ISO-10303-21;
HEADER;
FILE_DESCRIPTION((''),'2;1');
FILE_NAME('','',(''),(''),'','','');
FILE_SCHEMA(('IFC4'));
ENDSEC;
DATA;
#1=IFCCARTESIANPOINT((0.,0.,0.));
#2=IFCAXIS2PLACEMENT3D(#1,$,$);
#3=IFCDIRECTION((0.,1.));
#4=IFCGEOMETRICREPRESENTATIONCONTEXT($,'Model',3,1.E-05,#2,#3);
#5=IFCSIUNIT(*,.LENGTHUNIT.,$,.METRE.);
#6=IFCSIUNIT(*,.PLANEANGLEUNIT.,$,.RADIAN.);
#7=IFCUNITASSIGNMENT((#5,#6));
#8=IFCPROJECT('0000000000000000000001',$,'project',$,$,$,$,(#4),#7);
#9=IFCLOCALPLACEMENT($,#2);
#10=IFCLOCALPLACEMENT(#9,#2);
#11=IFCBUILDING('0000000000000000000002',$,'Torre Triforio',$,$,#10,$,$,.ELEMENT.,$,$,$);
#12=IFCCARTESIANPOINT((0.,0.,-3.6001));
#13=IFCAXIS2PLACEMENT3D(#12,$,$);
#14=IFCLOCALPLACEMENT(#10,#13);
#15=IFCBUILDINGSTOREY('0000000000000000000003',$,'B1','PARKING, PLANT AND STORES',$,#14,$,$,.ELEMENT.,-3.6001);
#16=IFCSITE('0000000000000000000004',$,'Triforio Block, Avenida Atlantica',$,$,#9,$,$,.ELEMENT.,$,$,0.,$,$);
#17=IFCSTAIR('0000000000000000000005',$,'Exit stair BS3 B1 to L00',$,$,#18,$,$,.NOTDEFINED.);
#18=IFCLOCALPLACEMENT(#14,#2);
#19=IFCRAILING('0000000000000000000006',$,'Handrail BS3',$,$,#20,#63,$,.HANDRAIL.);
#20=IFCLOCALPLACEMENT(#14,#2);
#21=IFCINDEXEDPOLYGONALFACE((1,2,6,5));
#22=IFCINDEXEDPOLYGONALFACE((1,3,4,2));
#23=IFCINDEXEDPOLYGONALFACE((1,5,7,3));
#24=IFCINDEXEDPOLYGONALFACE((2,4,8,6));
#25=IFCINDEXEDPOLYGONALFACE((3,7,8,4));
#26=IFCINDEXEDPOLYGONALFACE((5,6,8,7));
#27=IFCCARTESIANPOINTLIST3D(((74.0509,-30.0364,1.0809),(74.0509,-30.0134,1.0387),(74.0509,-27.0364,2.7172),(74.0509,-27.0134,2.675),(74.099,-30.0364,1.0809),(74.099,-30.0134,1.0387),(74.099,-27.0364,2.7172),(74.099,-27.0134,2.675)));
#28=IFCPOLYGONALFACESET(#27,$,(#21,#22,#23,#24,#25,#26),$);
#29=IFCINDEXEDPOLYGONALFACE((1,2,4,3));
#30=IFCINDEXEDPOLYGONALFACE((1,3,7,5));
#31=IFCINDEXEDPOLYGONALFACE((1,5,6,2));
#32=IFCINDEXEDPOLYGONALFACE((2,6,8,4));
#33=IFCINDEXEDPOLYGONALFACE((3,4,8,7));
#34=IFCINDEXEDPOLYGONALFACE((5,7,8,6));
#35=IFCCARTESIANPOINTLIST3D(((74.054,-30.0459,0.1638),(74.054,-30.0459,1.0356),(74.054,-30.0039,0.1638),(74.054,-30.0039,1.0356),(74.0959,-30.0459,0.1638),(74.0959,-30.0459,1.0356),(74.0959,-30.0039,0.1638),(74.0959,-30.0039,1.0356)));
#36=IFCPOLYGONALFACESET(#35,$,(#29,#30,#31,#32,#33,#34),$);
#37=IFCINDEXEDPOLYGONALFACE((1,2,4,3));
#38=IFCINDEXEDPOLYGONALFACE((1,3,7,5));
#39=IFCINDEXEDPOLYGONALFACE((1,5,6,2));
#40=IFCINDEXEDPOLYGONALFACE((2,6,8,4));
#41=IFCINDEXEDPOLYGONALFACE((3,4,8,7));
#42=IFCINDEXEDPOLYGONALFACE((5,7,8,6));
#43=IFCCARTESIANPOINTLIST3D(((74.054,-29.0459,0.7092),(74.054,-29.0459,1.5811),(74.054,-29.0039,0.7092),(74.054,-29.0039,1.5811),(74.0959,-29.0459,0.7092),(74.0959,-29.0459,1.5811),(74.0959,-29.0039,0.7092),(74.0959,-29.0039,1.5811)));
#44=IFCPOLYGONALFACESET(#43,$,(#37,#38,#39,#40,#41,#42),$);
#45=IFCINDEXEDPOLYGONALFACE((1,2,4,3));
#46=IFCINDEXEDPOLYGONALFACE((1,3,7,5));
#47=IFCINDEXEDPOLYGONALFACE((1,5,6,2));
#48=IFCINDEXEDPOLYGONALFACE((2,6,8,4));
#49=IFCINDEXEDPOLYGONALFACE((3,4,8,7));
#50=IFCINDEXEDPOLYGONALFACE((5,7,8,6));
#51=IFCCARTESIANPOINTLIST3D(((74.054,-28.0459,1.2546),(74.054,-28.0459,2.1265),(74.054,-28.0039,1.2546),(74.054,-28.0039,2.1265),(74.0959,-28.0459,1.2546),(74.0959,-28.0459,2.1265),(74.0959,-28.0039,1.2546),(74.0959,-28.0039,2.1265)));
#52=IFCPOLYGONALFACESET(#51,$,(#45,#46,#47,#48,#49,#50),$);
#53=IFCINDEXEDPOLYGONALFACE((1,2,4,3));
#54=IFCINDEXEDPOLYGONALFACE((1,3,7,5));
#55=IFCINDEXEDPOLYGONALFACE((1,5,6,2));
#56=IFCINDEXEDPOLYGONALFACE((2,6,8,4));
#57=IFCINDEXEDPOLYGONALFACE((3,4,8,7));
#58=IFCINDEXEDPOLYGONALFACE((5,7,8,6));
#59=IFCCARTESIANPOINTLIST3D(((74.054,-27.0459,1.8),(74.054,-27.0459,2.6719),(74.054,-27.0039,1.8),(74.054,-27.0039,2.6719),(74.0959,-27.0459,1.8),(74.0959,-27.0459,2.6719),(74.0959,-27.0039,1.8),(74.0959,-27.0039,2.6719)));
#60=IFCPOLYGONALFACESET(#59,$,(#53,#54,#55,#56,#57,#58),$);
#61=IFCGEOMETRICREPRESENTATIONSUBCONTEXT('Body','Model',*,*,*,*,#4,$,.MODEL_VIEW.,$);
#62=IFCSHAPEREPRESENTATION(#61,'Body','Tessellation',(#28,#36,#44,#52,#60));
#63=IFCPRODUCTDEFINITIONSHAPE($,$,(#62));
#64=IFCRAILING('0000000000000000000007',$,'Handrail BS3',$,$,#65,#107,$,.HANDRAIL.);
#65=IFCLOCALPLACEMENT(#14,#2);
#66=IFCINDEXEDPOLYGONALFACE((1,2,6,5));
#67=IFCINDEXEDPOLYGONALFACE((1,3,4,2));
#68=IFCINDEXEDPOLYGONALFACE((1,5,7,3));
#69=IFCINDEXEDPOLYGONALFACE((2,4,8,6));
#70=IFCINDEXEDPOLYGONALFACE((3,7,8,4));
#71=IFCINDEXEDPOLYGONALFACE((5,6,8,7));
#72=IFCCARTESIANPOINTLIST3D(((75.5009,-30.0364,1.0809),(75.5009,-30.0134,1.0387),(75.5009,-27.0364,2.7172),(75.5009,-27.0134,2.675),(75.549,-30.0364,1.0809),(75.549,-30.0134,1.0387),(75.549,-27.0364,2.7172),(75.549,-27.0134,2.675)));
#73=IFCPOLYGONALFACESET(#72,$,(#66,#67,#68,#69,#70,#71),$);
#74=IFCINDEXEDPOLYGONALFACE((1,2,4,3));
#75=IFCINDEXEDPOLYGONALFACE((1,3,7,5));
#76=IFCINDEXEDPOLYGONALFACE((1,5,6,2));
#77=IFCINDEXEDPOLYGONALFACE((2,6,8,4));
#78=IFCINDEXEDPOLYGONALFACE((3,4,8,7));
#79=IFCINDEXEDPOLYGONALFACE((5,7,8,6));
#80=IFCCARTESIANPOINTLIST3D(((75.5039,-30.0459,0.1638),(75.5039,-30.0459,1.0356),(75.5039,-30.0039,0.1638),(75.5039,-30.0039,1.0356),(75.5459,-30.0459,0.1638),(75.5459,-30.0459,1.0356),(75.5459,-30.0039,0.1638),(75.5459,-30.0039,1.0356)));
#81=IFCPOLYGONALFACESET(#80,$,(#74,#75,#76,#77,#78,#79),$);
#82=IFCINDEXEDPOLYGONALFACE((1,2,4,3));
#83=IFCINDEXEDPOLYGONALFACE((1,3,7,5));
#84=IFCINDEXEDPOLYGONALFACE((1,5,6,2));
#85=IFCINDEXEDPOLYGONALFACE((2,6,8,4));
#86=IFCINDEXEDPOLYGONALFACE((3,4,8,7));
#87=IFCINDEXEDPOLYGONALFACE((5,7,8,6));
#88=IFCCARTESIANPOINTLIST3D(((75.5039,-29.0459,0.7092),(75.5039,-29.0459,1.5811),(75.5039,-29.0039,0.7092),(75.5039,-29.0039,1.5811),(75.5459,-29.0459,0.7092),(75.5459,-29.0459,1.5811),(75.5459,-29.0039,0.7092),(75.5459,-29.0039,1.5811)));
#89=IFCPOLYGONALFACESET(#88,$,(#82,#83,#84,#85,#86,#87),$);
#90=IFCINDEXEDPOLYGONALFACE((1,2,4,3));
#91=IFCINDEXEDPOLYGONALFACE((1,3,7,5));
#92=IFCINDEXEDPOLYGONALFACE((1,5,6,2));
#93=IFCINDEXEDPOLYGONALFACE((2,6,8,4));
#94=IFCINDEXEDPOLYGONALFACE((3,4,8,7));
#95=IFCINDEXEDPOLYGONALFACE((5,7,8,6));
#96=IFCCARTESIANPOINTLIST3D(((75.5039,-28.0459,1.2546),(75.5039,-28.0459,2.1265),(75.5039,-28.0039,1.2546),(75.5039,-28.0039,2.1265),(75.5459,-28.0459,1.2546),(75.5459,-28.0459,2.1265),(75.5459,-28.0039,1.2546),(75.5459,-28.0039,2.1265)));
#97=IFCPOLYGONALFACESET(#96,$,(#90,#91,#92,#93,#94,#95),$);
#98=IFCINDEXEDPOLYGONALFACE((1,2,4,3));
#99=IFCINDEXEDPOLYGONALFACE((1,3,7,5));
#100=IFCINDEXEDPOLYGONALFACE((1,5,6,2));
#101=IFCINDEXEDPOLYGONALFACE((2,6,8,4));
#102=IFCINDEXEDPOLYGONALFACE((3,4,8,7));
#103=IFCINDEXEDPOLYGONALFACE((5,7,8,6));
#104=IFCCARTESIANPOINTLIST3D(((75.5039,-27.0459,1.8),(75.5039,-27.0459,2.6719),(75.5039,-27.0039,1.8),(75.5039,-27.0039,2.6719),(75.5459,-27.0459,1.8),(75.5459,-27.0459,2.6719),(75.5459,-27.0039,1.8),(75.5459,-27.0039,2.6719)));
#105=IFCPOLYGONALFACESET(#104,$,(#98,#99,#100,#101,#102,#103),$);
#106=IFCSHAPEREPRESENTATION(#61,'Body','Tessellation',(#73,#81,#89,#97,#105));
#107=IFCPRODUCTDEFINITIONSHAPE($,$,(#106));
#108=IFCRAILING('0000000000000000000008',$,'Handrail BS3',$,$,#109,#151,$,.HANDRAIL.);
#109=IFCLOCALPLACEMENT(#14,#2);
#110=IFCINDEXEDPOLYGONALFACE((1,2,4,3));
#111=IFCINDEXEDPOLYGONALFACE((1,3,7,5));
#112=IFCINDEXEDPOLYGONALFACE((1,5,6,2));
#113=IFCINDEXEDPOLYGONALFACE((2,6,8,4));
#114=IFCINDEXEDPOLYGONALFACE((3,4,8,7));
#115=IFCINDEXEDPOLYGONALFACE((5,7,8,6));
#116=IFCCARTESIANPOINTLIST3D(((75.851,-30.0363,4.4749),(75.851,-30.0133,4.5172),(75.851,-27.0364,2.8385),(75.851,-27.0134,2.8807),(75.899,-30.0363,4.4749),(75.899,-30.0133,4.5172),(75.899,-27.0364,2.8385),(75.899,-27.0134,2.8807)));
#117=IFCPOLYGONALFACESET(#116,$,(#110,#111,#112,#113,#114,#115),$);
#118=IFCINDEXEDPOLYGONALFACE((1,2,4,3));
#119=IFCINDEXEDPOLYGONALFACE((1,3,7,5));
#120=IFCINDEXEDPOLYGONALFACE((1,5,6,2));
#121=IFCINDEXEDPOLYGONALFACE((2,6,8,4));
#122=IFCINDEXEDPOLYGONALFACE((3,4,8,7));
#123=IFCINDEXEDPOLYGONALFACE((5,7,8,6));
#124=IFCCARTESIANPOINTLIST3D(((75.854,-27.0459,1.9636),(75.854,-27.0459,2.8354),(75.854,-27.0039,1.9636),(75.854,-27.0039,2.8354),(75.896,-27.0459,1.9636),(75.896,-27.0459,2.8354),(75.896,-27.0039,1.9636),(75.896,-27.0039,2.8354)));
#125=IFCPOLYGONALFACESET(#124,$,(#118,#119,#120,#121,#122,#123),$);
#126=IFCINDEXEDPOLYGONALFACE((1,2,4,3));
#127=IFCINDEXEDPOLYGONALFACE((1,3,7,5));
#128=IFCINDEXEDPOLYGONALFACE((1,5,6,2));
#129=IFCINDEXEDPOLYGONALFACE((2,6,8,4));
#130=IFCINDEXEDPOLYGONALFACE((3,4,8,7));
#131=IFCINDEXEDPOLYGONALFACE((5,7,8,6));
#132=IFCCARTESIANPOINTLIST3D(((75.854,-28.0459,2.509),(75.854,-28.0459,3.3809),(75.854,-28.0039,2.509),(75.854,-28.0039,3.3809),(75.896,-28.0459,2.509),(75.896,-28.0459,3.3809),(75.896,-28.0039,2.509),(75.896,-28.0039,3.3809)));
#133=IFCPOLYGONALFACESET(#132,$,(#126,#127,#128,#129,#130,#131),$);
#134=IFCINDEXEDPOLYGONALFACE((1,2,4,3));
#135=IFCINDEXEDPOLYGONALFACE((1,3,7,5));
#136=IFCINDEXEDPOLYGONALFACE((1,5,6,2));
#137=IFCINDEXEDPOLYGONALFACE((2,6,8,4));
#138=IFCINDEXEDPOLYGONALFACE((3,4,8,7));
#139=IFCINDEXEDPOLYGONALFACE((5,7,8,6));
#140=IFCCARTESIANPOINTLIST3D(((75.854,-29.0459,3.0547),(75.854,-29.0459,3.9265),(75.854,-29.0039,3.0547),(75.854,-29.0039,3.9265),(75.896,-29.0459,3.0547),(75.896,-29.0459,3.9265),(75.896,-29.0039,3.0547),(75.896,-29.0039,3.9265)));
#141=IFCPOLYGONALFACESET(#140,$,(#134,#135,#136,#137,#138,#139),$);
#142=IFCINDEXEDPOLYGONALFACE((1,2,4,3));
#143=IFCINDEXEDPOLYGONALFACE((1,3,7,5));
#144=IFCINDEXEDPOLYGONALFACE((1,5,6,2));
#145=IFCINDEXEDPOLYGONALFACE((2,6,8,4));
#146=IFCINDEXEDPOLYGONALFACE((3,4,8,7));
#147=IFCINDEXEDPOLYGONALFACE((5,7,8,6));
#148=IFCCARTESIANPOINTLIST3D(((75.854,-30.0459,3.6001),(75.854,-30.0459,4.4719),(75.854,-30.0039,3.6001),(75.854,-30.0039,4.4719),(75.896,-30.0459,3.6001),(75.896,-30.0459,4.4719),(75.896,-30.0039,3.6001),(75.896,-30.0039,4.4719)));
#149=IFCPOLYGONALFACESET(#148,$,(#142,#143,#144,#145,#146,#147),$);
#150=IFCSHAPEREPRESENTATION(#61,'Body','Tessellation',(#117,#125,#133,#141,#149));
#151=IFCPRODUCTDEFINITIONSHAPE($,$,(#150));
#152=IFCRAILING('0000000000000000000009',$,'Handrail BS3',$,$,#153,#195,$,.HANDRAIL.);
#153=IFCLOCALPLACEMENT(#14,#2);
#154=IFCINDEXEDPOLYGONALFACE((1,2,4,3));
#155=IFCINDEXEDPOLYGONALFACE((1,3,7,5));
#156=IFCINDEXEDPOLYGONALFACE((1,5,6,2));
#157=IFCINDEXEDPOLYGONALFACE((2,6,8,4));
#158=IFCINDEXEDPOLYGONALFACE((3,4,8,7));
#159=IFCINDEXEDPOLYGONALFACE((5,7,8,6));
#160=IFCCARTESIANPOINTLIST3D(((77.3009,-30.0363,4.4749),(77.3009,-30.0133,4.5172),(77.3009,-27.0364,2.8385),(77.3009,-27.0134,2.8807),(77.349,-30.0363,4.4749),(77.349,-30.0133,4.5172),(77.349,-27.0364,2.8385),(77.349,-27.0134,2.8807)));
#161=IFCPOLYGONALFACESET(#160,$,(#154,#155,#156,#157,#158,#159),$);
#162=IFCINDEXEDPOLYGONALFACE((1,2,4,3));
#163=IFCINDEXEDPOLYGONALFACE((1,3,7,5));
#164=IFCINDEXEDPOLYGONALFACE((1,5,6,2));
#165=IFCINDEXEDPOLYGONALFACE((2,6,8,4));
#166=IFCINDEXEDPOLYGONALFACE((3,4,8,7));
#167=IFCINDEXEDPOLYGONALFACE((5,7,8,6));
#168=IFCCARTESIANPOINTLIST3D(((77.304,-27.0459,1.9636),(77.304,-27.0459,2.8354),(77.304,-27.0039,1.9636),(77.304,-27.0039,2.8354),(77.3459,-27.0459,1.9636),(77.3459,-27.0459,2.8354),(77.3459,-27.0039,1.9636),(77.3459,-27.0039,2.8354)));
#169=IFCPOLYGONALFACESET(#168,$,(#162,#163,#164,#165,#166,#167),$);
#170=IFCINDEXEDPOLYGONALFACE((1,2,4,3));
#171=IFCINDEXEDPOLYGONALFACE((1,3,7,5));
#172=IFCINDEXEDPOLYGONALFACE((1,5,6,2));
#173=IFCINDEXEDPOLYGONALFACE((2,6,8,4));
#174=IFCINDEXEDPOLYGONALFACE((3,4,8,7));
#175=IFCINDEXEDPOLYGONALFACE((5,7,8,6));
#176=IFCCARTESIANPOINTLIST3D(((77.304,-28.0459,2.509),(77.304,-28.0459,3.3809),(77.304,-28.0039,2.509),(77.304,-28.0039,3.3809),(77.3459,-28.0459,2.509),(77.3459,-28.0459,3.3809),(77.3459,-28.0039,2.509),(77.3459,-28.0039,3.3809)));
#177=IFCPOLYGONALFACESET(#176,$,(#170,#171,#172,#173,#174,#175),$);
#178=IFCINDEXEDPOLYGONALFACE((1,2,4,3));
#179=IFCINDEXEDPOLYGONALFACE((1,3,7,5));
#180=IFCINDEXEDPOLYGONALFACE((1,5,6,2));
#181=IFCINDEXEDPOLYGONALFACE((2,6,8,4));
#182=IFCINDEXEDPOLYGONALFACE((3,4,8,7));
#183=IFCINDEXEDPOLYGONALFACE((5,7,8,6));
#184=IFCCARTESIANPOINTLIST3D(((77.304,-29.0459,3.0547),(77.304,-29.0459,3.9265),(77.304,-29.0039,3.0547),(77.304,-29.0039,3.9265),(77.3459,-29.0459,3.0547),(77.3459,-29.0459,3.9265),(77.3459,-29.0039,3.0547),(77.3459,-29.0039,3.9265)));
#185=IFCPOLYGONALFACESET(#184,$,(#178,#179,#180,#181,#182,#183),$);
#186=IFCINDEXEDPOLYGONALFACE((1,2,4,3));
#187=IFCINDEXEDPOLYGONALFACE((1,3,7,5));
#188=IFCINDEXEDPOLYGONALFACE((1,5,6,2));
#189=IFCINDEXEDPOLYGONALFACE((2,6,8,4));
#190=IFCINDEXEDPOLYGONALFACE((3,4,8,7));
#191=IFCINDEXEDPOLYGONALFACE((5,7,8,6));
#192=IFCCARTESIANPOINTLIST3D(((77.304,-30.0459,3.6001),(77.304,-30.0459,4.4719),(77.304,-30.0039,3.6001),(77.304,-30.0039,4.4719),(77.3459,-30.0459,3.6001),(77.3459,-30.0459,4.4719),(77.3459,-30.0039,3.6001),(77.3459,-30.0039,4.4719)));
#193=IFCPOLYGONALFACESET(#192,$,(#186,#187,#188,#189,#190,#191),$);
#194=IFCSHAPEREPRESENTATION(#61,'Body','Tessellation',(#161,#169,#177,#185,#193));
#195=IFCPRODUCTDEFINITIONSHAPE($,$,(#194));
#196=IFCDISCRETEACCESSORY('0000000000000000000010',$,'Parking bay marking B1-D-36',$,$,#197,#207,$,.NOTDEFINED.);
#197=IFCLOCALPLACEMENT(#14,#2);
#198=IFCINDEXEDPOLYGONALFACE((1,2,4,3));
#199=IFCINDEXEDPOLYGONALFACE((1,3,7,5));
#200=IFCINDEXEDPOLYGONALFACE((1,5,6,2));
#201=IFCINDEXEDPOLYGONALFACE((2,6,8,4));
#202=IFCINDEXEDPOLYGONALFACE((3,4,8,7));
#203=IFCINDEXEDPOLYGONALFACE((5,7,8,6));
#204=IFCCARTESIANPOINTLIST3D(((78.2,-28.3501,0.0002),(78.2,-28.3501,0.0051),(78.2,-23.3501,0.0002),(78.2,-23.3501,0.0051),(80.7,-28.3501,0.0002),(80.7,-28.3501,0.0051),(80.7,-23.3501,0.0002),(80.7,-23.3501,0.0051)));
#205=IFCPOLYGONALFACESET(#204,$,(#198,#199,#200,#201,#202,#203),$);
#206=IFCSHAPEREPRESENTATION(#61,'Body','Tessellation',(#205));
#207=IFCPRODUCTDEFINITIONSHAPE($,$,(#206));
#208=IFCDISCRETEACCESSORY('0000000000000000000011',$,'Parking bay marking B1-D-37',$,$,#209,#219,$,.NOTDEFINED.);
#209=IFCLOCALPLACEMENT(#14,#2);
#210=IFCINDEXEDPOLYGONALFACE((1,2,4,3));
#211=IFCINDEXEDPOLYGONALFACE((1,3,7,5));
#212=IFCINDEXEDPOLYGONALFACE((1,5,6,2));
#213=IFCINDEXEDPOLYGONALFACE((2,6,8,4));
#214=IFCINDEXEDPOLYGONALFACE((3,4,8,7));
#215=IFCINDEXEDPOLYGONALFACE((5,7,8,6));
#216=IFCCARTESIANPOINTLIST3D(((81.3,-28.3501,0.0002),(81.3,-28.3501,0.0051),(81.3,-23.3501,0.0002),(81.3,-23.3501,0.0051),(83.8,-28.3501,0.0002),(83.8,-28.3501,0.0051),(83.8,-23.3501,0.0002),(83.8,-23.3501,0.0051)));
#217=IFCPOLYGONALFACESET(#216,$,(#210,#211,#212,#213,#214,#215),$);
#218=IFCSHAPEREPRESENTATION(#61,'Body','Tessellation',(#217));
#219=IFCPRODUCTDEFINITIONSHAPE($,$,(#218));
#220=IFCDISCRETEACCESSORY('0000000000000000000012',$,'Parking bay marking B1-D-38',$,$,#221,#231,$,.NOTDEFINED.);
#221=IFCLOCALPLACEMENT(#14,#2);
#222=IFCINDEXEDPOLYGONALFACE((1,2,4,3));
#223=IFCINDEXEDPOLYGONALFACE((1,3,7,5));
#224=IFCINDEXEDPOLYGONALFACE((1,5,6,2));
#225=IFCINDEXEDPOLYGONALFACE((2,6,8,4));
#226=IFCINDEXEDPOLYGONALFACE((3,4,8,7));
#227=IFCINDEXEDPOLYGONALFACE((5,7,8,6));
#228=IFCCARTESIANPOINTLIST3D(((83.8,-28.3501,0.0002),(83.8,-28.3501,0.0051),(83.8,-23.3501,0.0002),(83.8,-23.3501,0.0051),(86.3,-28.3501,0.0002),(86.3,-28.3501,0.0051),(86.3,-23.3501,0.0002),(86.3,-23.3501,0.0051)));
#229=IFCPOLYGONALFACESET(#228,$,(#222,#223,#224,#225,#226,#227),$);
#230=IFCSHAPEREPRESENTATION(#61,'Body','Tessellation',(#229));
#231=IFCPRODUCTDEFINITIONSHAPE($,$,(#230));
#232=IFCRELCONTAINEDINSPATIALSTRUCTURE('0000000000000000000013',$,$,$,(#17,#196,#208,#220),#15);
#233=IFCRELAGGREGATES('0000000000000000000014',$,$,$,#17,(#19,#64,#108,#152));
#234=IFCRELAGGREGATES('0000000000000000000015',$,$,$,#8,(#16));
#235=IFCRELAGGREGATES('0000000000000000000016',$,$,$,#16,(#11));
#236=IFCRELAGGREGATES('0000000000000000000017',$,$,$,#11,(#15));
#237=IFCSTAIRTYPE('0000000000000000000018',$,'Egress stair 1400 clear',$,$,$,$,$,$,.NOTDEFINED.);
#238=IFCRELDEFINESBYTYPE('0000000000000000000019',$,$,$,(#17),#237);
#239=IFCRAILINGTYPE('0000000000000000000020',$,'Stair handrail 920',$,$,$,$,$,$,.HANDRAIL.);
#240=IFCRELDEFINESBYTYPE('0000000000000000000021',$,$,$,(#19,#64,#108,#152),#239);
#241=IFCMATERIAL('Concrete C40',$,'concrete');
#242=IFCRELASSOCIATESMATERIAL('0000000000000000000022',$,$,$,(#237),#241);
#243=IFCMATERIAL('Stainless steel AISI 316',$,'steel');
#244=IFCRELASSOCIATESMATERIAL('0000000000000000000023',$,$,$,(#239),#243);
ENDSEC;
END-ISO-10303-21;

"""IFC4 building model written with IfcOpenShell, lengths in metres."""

from ifc_helpers import new_model, si_unit, direction, frame, origin, origin_2d, place, context, subcontext, project, spatial, rectangle, extrude, material, type_object, element, aggregate, save


model = new_model("IFC4")

# Units and contexts
model_context = context("Model", 3, precision=1e-05, world=origin(), true_north=direction((0.0, 1.0)))
body_context = subcontext(model_context, "Body", "Model", "MODEL_VIEW")
ifc_project = project(units=[si_unit("LENGTHUNIT", "METRE"), si_unit("PLANEANGLEUNIT", "RADIAN")], contexts=[model_context])

# Site, building, storey
site_placement = place(None, origin())
site = spatial("IfcSite", under=ifc_project, at=site_placement, Name="Triforio Block, Avenida Atlantica", CompositionType="ELEMENT", RefElevation=0.0)
building_placement = place(site_placement, origin())
building = spatial("IfcBuilding", under=site, at=building_placement, Name="Torre Triforio", CompositionType="ELEMENT")
storey_placement = place(building_placement, frame((0.0, 0.0, -3.6001)))
storey = spatial("IfcBuildingStorey", under=building, at=storey_placement, Name="B1", Description="PARKING, PLANT AND STORES", CompositionType="ELEMENT", Elevation=-3.6001)

# Stair, railings
ifc_material_1 = material(Name="Concrete C40", Category="concrete")
stair_type = type_object("IfcStairType", Name="Egress stair 1400 clear", PredefinedType="NOTDEFINED", material=ifc_material_1)
stair_placement = place(storey_placement, origin())
stair = element("IfcStair", 1, at=stair_placement, inside=storey, type_object=stair_type, Name="Exit stair BS3 B1 to L00", PredefinedType="NOTDEFINED")
ifc_material_2 = material(Name="Stainless steel AISI 316", Category="steel")
railing_type = type_object("IfcRailingType", Name="Stair handrail 920", PredefinedType="HANDRAIL", material=ifc_material_2)
railing_1_placement = place(storey_placement, frame((74.075, -30.0249, 0.1638)))
railing_1 = element("IfcRailing", 2, at=railing_1_placement, type_object=railing_type, Name="Handrail BS3", PredefinedType="HANDRAIL", context=body_context, shape_type="SweptSolid", body=[
    extrude(rectangle(XDim=0.0481, YDim=0.0481, at=origin_2d()), frame((0.0, 0.0, 0.896), z_axis=(0.0, 0.877912, 0.478822), x_axis=(-1.0, 0.0, 0.0)), (0.0, 0.0, 1.0), 3.4172),
    extrude(rectangle(XDim=0.042, YDim=0.042, at=origin_2d()), origin(), (0.0, 0.0, 1.0), 0.8718),
    extrude(rectangle(XDim=0.042, YDim=0.042, at=origin_2d()), frame((0.0, 1.0, 0.5454)), (0.0, 0.0, 1.0), 0.8718),
    extrude(rectangle(XDim=0.042, YDim=0.042, at=origin_2d()), frame((0.0, 2.0, 1.0908)), (0.0, 0.0, 1.0), 0.8718),
    extrude(rectangle(XDim=0.042, YDim=0.042, at=origin_2d()), frame((0.0, 3.0, 1.6362)), (0.0, 0.0, 1.0), 0.8718),
])
railing_2_placement = place(storey_placement, frame((75.5249, -30.0249, 0.1638)))
railing_2 = element("IfcRailing", 3, at=railing_2_placement, type_object=railing_type, Name="Handrail BS3", PredefinedType="HANDRAIL", context=body_context, shape_type="SweptSolid", body=[
    extrude(rectangle(XDim=0.0481, YDim=0.0481, at=origin_2d()), frame((0.0, 0.0, 0.896), z_axis=(0.0, 0.877912, 0.478822), x_axis=(-1.0, 0.0, 0.0)), (0.0, 0.0, 1.0), 3.4172),
    extrude(rectangle(XDim=0.042, YDim=0.042, at=origin_2d()), origin(), (0.0, 0.0, 1.0), 0.8718),
    extrude(rectangle(XDim=0.042, YDim=0.042, at=origin_2d()), frame((0.0, 1.0, 0.5454)), (0.0, 0.0, 1.0), 0.8718),
    extrude(rectangle(XDim=0.042, YDim=0.042, at=origin_2d()), frame((0.0, 2.0, 1.0908)), (0.0, 0.0, 1.0), 0.8718),
    extrude(rectangle(XDim=0.042, YDim=0.042, at=origin_2d()), frame((0.0, 3.0, 1.6362)), (0.0, 0.0, 1.0), 0.8718),
])
railing_3_placement = place(storey_placement, frame((75.875, -27.0249, 1.9636)))
railing_3 = element("IfcRailing", 4, at=railing_3_placement, type_object=railing_type, Name="Handrail BS3", PredefinedType="HANDRAIL", context=body_context, shape_type="SweptSolid", body=[
    extrude(rectangle(XDim=0.0481, YDim=0.0481, at=origin_2d()), frame((0.0, 0.0, 0.896), z_axis=(0.0, -0.877882, 0.478877), x_axis=(1.0, 0.0, 0.0)), (0.0, 0.0, 1.0), 3.4172),
    extrude(rectangle(XDim=0.042, YDim=0.042, at=origin_2d()), origin(), (0.0, 0.0, 1.0), 0.8718),
    extrude(rectangle(XDim=0.042, YDim=0.042, at=origin_2d()), frame((0.0, -1.0, 0.5454)), (0.0, 0.0, 1.0), 0.8718),
    extrude(rectangle(XDim=0.042, YDim=0.042, at=origin_2d()), frame((0.0, -2.0, 1.0911)), (0.0, 0.0, 1.0), 0.8718),
    extrude(rectangle(XDim=0.042, YDim=0.042, at=origin_2d()), frame((0.0, -3.0, 1.6365)), (0.0, 0.0, 1.0), 0.8718),
])
railing_4_placement = place(storey_placement, frame((77.325, -27.0249, 1.9636)))
railing_4 = element("IfcRailing", 5, at=railing_4_placement, type_object=railing_type, Name="Handrail BS3", PredefinedType="HANDRAIL", context=body_context, shape_type="SweptSolid", body=[
    extrude(rectangle(XDim=0.0481, YDim=0.0481, at=origin_2d()), frame((0.0, 0.0, 0.896), z_axis=(0.0, -0.877882, 0.478877), x_axis=(1.0, 0.0, 0.0)), (0.0, 0.0, 1.0), 3.4172),
    extrude(rectangle(XDim=0.042, YDim=0.042, at=origin_2d()), origin(), (0.0, 0.0, 1.0), 0.8718),
    extrude(rectangle(XDim=0.042, YDim=0.042, at=origin_2d()), frame((0.0, -1.0, 0.5454)), (0.0, 0.0, 1.0), 0.8718),
    extrude(rectangle(XDim=0.042, YDim=0.042, at=origin_2d()), frame((0.0, -2.0, 1.0911)), (0.0, 0.0, 1.0), 0.8718),
    extrude(rectangle(XDim=0.042, YDim=0.042, at=origin_2d()), frame((0.0, -3.0, 1.6365)), (0.0, 0.0, 1.0), 0.8718),
])
aggregate(stair, [railing_1, railing_2, railing_3, railing_4])

# Discrete accessories
for number, where, z_axis, x_axis, name in (
    (6, (79.45, -25.8501, 0.0002), (0.0, 0.0, 1.0), (1.0, 0.0, 0.0), "Parking bay marking B1-D-36"),
    (7, (82.55, -25.8501, 0.0002), (0.0, 0.0, 1.0), (1.0, 0.0, 0.0), "Parking bay marking B1-D-37"),
    (8, (85.05, -25.8501, 0.0002), (0.0, 0.0, 1.0), (1.0, 0.0, 0.0), "Parking bay marking B1-D-38"),
):
    element("IfcDiscreteAccessory", number, at=place(storey_placement, frame(where, z_axis=z_axis, x_axis=x_axis)), inside=storey, Name=name, PredefinedType="NOTDEFINED", context=body_context, shape_type="SweptSolid", body=[
        extrude(rectangle(XDim=2.5, YDim=5.0, at=origin_2d()), origin(), (0.0, 0.0, 1.0), 0.0049),
    ])

save(model, "model.ifc")
